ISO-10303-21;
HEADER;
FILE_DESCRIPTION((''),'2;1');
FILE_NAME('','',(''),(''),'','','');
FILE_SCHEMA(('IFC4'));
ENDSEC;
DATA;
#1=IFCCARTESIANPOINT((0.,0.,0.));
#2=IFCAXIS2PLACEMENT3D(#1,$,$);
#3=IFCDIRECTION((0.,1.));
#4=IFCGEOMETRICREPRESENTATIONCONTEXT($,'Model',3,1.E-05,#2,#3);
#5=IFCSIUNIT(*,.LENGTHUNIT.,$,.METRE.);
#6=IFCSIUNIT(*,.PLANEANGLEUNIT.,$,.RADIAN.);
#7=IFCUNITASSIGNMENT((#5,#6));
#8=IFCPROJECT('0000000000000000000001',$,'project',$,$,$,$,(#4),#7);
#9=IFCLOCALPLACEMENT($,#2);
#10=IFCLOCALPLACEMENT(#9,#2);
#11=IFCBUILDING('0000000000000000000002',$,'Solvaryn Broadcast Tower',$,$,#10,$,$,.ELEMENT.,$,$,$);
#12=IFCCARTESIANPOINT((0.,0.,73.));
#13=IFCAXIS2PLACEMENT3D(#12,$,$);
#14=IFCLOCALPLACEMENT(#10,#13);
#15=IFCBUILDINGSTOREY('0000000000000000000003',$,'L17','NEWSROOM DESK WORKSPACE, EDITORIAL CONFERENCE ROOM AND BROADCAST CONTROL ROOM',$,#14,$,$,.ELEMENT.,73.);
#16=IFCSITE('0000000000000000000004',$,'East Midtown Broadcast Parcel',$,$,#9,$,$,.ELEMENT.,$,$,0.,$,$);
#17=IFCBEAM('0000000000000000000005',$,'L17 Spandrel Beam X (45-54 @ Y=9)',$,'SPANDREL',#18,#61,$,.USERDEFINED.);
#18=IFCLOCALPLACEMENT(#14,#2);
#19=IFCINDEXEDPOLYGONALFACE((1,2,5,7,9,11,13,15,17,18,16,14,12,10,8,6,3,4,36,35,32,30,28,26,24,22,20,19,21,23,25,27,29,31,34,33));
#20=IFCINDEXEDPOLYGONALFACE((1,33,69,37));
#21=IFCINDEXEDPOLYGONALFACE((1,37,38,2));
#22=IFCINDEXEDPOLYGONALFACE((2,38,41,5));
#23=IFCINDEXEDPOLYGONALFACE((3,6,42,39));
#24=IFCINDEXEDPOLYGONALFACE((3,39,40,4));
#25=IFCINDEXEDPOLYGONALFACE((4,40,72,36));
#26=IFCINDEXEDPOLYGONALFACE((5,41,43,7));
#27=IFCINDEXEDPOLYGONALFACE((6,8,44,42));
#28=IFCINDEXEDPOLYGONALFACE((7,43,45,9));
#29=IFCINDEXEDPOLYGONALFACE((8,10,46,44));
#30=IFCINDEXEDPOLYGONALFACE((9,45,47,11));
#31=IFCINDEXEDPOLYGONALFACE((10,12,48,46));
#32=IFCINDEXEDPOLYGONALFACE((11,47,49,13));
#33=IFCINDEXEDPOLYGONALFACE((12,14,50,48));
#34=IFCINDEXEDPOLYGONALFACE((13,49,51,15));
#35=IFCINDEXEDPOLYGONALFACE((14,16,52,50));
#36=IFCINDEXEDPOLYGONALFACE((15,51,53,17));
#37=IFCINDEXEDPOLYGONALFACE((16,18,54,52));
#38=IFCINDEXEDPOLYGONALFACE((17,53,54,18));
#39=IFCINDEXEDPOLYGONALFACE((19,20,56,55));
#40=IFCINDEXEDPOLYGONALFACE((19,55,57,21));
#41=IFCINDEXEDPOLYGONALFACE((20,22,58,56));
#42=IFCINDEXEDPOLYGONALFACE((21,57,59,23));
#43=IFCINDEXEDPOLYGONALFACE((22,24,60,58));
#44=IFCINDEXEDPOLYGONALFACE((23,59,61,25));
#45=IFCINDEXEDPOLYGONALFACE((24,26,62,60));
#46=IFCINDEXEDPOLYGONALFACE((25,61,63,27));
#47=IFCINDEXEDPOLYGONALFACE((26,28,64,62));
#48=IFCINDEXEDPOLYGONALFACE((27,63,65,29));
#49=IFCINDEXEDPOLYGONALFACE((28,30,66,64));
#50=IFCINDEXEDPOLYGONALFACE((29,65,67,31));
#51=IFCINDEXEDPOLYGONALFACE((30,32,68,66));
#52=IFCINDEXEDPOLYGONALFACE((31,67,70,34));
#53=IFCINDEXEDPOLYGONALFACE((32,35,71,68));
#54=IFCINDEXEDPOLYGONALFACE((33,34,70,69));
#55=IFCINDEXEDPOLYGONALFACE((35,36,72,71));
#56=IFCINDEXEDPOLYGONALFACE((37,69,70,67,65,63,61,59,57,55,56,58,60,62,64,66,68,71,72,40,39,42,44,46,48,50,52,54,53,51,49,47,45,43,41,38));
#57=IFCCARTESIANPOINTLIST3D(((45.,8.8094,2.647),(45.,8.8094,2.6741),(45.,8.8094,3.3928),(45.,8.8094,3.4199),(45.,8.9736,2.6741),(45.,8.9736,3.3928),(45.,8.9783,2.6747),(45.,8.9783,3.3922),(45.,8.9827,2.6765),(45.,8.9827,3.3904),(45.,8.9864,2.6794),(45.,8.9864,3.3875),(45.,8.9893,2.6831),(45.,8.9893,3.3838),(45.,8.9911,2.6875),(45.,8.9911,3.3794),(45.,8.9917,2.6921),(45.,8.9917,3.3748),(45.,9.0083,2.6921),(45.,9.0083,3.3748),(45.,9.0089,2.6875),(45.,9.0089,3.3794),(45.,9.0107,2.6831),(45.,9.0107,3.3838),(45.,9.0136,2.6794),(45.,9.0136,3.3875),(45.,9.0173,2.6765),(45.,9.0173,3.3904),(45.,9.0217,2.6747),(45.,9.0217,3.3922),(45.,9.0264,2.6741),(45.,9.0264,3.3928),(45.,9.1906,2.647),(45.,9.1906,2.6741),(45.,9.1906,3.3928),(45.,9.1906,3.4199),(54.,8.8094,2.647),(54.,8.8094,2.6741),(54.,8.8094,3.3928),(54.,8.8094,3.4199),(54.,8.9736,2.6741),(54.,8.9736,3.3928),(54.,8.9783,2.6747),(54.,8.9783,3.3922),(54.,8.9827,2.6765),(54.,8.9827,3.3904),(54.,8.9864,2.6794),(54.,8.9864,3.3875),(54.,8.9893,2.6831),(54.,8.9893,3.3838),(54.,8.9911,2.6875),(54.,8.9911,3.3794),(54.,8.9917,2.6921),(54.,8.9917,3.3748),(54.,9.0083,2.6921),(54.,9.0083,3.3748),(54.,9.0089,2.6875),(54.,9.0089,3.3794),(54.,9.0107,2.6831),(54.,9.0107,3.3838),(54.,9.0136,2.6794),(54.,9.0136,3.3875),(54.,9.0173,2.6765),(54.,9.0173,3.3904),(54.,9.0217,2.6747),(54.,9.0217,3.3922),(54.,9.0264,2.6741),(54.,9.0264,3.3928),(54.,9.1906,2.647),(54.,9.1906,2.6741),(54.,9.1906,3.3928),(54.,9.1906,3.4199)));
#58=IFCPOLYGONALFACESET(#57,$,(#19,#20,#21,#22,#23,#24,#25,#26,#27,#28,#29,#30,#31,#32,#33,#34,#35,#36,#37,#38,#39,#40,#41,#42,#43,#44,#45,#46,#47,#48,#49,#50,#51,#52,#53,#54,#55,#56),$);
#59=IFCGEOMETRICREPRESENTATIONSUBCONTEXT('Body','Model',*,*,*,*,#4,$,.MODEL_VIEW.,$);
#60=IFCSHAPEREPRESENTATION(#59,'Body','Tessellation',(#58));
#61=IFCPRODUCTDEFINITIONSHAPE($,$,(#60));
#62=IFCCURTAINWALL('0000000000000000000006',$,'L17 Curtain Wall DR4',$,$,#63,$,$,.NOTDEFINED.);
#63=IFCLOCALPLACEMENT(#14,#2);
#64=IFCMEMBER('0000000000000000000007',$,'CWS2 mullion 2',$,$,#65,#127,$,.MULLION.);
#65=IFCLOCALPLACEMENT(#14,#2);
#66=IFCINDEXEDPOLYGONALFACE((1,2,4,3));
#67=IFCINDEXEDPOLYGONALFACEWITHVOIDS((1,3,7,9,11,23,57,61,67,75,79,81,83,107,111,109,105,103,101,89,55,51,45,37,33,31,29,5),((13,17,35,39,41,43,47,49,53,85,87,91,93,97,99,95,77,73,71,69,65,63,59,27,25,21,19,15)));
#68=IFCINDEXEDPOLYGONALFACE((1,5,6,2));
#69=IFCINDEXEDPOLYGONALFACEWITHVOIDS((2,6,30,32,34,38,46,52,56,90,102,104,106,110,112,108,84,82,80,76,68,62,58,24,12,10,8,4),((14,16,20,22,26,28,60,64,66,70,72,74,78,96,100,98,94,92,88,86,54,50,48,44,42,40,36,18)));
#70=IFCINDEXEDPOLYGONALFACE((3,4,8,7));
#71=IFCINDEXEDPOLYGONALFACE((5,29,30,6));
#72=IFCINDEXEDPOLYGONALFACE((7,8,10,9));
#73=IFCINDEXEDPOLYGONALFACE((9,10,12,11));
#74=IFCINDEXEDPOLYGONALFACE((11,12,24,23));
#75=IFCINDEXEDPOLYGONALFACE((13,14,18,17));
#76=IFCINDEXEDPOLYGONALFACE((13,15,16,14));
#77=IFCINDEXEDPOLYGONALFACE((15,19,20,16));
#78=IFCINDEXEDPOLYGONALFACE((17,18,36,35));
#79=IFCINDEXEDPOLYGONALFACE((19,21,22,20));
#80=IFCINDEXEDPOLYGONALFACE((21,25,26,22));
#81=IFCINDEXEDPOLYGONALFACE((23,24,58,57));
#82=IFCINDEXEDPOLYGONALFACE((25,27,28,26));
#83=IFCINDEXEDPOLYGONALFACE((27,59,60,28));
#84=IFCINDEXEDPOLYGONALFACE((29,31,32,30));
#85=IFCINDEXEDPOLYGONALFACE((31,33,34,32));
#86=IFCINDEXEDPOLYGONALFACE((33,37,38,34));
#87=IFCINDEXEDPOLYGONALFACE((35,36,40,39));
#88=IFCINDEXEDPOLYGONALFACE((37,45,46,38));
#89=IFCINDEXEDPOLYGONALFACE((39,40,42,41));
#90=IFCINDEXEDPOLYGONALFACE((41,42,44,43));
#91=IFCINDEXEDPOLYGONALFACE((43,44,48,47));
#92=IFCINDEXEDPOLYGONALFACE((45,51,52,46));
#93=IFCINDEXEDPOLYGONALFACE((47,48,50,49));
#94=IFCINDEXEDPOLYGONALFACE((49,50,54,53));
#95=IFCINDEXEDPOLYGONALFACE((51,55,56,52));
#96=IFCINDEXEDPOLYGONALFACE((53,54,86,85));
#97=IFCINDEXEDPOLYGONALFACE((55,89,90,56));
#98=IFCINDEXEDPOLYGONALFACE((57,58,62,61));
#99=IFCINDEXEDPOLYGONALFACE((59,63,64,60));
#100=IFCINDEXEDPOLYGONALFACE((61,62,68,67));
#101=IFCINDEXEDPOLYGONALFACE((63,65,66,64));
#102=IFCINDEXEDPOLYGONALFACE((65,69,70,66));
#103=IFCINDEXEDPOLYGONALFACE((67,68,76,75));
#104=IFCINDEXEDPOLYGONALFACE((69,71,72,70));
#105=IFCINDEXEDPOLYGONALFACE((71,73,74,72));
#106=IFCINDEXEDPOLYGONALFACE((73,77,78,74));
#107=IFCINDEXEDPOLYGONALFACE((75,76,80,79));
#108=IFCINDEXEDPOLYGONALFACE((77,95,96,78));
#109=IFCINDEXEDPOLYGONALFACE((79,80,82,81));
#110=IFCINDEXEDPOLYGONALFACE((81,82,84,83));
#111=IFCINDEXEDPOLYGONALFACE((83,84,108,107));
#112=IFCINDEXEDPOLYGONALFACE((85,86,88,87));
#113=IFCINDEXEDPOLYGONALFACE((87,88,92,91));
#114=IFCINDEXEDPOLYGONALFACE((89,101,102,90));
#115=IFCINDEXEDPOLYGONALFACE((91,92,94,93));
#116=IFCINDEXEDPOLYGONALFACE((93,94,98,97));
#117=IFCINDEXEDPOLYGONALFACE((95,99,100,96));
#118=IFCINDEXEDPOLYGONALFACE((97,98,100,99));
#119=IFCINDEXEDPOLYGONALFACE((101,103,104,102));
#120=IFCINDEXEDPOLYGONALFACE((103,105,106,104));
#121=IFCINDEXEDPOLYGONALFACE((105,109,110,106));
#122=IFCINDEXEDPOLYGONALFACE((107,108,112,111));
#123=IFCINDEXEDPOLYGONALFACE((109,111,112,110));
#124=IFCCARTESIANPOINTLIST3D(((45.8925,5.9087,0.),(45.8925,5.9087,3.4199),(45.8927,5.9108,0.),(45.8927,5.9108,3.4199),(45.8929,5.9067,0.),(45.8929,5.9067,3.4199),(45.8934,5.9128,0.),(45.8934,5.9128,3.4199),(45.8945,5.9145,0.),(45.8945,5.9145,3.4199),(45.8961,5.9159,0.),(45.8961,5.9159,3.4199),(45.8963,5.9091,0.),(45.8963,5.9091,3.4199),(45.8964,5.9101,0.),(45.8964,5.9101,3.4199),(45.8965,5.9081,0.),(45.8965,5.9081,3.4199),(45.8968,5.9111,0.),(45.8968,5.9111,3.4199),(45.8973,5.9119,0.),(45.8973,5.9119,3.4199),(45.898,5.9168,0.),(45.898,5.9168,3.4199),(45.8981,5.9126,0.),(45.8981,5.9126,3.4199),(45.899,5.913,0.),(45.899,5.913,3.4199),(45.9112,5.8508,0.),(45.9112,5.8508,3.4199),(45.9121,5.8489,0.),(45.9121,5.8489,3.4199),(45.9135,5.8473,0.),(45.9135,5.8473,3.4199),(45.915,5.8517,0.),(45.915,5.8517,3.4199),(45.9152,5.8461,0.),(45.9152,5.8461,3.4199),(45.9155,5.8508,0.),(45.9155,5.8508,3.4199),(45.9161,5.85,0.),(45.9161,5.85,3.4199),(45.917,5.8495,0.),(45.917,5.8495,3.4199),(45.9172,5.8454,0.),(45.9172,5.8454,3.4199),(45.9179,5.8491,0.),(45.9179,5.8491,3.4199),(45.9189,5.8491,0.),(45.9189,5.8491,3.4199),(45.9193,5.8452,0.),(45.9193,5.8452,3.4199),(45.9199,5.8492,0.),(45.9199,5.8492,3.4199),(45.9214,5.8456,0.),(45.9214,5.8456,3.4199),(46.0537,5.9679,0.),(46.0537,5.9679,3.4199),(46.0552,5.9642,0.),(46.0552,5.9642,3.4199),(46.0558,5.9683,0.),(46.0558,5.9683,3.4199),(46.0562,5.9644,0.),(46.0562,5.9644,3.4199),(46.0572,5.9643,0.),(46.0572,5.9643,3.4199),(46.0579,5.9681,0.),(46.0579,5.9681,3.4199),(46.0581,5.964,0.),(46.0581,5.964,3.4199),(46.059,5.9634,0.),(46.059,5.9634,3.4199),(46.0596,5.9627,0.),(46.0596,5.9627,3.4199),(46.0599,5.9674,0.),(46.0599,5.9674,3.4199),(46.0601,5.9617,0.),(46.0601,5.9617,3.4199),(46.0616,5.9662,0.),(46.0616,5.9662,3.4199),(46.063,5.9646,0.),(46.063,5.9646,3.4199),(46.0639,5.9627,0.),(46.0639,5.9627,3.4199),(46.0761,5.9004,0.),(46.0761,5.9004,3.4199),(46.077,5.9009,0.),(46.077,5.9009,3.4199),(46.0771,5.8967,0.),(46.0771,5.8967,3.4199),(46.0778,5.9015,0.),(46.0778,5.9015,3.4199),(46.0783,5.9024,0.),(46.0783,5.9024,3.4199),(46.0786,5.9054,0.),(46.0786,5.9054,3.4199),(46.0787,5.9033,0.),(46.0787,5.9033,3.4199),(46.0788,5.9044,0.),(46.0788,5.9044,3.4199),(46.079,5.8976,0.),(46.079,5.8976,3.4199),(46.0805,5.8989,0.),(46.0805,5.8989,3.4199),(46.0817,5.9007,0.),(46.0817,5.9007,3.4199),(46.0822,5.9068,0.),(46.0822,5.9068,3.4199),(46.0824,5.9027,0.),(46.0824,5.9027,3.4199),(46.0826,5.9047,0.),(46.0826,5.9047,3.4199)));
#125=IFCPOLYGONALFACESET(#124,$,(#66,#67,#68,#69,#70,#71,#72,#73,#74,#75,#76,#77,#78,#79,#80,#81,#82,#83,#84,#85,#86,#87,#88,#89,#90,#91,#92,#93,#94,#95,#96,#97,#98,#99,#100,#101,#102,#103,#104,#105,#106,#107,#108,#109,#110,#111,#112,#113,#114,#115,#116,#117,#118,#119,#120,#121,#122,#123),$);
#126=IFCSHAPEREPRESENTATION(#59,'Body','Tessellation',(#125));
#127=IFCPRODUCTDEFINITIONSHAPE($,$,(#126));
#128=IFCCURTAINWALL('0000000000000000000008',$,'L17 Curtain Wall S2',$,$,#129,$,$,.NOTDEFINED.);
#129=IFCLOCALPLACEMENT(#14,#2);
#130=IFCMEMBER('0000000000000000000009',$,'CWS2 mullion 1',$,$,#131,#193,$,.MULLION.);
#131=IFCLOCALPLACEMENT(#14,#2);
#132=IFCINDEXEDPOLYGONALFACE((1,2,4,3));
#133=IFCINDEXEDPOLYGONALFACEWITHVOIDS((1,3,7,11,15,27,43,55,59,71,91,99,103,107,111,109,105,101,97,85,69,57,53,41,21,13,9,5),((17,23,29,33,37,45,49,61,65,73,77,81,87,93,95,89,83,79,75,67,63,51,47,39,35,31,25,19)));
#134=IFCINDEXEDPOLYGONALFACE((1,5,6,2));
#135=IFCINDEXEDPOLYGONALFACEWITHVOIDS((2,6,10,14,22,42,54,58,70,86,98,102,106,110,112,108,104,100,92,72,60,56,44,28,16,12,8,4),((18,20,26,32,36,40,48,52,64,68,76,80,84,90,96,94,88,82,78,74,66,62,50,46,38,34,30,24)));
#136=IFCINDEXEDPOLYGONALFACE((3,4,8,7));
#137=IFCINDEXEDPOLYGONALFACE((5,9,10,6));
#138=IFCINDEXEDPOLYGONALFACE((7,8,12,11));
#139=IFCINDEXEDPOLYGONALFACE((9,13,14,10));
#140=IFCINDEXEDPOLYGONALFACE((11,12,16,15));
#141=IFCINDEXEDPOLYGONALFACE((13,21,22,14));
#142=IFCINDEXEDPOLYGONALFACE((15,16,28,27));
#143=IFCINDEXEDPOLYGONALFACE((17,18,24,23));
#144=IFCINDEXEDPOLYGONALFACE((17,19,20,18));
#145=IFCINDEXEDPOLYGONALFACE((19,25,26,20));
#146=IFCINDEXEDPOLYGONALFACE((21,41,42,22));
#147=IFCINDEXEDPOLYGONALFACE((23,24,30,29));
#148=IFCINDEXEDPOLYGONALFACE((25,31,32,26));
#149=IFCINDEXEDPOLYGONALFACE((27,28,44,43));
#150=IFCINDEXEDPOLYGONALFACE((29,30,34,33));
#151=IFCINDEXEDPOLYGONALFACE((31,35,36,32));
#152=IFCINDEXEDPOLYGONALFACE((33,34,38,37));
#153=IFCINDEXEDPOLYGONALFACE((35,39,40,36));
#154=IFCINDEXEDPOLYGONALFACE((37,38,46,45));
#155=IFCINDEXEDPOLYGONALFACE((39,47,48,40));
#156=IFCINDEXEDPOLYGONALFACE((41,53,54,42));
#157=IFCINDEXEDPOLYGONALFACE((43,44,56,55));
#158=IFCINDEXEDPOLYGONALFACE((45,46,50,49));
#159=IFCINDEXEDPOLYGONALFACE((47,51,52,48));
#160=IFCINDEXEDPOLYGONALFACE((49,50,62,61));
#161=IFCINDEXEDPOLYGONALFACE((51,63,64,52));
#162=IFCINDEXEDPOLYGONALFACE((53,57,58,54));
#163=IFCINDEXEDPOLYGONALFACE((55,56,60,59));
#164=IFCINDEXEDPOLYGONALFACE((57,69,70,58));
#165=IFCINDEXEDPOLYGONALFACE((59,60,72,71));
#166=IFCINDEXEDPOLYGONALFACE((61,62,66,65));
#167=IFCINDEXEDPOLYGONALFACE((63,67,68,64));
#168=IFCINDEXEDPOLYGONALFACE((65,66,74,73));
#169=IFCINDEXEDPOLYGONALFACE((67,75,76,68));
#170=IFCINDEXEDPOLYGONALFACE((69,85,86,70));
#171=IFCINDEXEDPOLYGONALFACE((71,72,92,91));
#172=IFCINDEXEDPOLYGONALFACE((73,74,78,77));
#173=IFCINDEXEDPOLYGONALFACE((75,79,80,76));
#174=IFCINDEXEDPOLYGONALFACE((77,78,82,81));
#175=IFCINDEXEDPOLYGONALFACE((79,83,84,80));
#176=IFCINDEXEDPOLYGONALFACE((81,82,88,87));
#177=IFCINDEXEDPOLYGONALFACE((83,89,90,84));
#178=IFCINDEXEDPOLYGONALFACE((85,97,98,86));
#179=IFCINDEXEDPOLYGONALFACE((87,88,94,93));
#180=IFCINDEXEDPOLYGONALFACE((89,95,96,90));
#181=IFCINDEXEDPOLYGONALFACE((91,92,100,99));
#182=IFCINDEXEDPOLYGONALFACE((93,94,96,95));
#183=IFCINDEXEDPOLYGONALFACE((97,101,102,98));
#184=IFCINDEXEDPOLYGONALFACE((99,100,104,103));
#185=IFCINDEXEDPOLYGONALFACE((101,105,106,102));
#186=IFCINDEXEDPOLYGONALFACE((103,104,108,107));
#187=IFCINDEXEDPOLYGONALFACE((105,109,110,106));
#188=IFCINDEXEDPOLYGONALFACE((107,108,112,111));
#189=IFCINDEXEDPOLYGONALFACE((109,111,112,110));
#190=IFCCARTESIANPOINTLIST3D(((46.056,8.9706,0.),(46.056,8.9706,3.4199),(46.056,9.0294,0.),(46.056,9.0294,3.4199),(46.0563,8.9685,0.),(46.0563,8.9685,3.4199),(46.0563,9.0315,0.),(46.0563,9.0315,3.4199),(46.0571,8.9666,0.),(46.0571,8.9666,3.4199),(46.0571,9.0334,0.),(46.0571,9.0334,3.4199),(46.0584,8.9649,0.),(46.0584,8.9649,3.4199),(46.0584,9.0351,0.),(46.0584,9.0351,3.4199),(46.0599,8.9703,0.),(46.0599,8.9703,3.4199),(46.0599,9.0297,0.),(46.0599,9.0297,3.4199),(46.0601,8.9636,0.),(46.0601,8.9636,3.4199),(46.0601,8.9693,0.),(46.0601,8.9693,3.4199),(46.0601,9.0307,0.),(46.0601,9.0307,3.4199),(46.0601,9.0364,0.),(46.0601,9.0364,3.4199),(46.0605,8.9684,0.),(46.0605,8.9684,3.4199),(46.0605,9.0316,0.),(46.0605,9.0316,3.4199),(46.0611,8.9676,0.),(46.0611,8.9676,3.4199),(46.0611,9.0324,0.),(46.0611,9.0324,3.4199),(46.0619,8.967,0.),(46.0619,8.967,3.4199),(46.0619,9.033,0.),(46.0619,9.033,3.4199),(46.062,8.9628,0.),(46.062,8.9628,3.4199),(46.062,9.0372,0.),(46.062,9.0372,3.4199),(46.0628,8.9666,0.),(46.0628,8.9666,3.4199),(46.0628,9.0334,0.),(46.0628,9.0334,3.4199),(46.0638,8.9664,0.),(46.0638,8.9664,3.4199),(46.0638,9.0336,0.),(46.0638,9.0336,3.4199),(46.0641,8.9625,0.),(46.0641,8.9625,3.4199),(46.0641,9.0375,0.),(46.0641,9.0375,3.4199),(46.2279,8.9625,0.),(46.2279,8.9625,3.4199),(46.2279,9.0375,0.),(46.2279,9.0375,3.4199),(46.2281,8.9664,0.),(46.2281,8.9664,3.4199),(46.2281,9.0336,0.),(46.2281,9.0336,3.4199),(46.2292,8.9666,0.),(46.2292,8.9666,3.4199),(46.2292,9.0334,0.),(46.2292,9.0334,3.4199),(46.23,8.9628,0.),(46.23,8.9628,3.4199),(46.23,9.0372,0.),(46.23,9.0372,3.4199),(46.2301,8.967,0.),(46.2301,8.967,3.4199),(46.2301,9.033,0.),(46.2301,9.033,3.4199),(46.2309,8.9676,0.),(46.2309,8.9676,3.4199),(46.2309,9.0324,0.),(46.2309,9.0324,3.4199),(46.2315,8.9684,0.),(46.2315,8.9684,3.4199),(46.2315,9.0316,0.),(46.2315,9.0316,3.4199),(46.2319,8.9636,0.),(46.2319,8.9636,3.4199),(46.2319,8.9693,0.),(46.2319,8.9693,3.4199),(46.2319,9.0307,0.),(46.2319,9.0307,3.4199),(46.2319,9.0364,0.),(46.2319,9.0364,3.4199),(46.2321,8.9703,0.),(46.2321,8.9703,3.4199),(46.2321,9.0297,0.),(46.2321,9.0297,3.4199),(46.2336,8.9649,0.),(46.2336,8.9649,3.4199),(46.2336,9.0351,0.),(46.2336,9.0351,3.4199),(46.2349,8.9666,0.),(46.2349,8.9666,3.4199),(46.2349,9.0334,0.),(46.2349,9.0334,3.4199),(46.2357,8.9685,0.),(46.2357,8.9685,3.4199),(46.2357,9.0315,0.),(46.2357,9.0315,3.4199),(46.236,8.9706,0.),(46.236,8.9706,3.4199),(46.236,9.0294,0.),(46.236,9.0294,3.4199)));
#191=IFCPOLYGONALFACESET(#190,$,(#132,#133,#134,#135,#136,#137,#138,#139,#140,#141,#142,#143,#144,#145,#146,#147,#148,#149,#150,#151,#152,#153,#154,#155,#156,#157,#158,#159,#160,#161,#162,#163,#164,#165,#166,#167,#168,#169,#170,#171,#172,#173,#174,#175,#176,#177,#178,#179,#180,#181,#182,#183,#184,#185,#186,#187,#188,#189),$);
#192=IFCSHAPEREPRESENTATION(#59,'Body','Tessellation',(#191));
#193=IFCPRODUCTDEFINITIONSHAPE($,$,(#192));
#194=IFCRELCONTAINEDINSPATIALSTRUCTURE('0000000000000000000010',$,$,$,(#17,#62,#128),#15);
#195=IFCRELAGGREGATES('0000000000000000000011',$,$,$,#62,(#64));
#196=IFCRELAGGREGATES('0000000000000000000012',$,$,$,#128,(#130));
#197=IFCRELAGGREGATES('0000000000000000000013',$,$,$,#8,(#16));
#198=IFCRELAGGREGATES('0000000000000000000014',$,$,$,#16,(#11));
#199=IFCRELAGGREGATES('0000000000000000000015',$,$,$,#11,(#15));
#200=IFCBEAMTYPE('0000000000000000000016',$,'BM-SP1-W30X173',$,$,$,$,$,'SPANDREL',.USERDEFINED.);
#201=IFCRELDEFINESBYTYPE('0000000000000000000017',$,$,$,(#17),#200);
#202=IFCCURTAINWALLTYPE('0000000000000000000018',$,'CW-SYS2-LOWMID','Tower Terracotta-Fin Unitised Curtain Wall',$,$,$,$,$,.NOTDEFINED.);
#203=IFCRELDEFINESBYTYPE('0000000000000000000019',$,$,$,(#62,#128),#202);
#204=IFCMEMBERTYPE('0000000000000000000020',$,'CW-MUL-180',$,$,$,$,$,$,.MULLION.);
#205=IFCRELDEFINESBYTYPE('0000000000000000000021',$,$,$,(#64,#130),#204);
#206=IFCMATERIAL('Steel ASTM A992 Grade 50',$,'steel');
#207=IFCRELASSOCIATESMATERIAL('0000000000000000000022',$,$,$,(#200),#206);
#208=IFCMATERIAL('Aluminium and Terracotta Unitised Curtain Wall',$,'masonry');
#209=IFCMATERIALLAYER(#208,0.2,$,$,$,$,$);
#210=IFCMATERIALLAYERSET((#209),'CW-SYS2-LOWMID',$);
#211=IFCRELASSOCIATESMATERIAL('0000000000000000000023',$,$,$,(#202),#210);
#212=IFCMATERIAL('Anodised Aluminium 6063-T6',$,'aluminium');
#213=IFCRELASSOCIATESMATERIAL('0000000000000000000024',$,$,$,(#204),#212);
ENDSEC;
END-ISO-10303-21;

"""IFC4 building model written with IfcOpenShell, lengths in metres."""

from ifc_helpers import new_model, si_unit, direction, frame, origin, origin_2d, place, context, subcontext, project, spatial, hollow_rectangle, i_section, extrude, material, layer, layer_set, material_profile, profile_set, type_object, element, aggregate, save


model = new_model("IFC4")

# Units and contexts
model_context = context("Model", 3, precision=1e-05, world=origin(), true_north=direction((0.0, 1.0)))
body_context = subcontext(model_context, "Body", "Model", "MODEL_VIEW")
ifc_project = project(units=[si_unit("LENGTHUNIT", "METRE"), si_unit("PLANEANGLEUNIT", "RADIAN")], contexts=[model_context])

# Site, building, storey
site_placement = place(None, origin())
site = spatial("IfcSite", under=ifc_project, at=site_placement, Name="East Midtown Broadcast Parcel", CompositionType="ELEMENT", RefElevation=0.0)
building_placement = place(site_placement, origin())
building = spatial("IfcBuilding", under=site, at=building_placement, Name="Solvaryn Broadcast Tower", CompositionType="ELEMENT")
storey_placement = place(building_placement, frame((0.0, 0.0, 73.0)))
storey = spatial("IfcBuildingStorey", under=building, at=storey_placement, Name="L17", Description="NEWSROOM DESK WORKSPACE, EDITORIAL CONFERENCE ROOM AND BROADCAST CONTROL ROOM", CompositionType="ELEMENT", Elevation=73.0)

# Beam
ifc_material_1 = material(Name="Steel ASTM A992 Grade 50", Category="steel")
ifc_material_profile_1 = material_profile(ifc_material_1, i_section(OverallWidth=0.3811, OverallDepth=0.7729, WebThickness=0.0166, FlangeThickness=0.0271, FilletRadius=0.0181, at=origin_2d()))
ifc_profile_set_1 = profile_set([ifc_material_profile_1], Name="Steel ASTM A992 Grade 50")
beam_type_1 = type_object("IfcBeamType", Name="BM-SP1-W30X173", ElementType="SPANDREL", PredefinedType="USERDEFINED", material=ifc_profile_set_1)
beam_1_placement = place(storey_placement, frame((45.0, 9.0, 3.0334), z_axis=(1.0, 0.0, 0.0), x_axis=(0.0, 1.0, 0.0)))
element("IfcBeam", 1, at=beam_1_placement, inside=storey, type_object=beam_type_1, Name="L17 Spandrel Beam X (45-54 @ Y=9)", ObjectType="SPANDREL", PredefinedType="USERDEFINED", context=body_context, shape_type="SweptSolid", body=[
    extrude(i_section(OverallWidth=0.3811, OverallDepth=0.7729, WebThickness=0.0166, FlangeThickness=0.0271, FilletRadius=0.0181, at=origin_2d()), origin(), (0.0, 0.0, 1.0), 9.0),
])

# Curtain wall, member
ifc_material_2 = material(Name="Aluminium and Terracotta Unitised Curtain Wall", Category="masonry")
ifc_layer_1 = layer(ifc_material_2, 0.2)
ifc_layer_set_1 = layer_set([ifc_layer_1], Name="CW-SYS2-LOWMID")
curtain_wall_type = type_object("IfcCurtainWallType", Name="CW-SYS2-LOWMID", Description="Tower Terracotta-Fin Unitised Curtain Wall", PredefinedType="NOTDEFINED", material=ifc_layer_set_1)
curtain_wall_1_placement = place(storey_placement, origin())
curtain_wall_1 = element("IfcCurtainWall", 2, at=curtain_wall_1_placement, inside=storey, type_object=curtain_wall_type, Name="L17 Curtain Wall DR4", PredefinedType="NOTDEFINED")
ifc_material_3 = material(Name="Anodised Aluminium 6063-T6", Category="aluminium")
ifc_material_profile_2 = material_profile(ifc_material_3, hollow_rectangle(XDim=0.075, YDim=0.1799, WallThickness=0.0039, InnerFilletRadius=0.0039, OuterFilletRadius=0.0081, at=origin_2d()))
ifc_profile_set_2 = profile_set([ifc_material_profile_2], Name="Anodised Aluminium 6063-T6")
member_type_1 = type_object("IfcMemberType", Name="CW-MUL-180", PredefinedType="MULLION", material=ifc_profile_set_2)
member_1_placement = place(storey_placement, frame((45.9875, 5.9067, 0.0), z_axis=(0.0, 0.0, 1.0), x_axis=(-0.311594, 0.950215, 0.0)))
member_1 = element("IfcMember", 3, at=member_1_placement, type_object=member_type_1, Name="CWS2 mullion 2", PredefinedType="MULLION", context=body_context, shape_type="SweptSolid", body=[
    extrude(hollow_rectangle(XDim=0.075, YDim=0.1799, WallThickness=0.0039, InnerFilletRadius=0.0039, OuterFilletRadius=0.0081, at=origin_2d()), origin(), (0.0, 0.0, 1.0), 3.4199),
])
aggregate(curtain_wall_1, [member_1])

# Curtain wall, member
curtain_wall_2_placement = place(storey_placement, origin())
curtain_wall_2 = element("IfcCurtainWall", 4, at=curtain_wall_2_placement, inside=storey, type_object=curtain_wall_type, Name="L17 Curtain Wall S2", PredefinedType="NOTDEFINED")
member_2_placement = place(storey_placement, frame((46.146, 9.0, 0.0), z_axis=(0.0, 0.0, 1.0), x_axis=(0.0, 1.0, 0.0)))
member_2 = element("IfcMember", 5, at=member_2_placement, type_object=member_type_1, Name="CWS2 mullion 1", PredefinedType="MULLION", context=body_context, shape_type="SweptSolid", body=[
    extrude(hollow_rectangle(XDim=0.075, YDim=0.1799, WallThickness=0.0039, InnerFilletRadius=0.0039, OuterFilletRadius=0.0081, at=origin_2d()), origin(), (0.0, 0.0, 1.0), 3.4199),
])
aggregate(curtain_wall_2, [member_2])

save(model, "model.ifc")
